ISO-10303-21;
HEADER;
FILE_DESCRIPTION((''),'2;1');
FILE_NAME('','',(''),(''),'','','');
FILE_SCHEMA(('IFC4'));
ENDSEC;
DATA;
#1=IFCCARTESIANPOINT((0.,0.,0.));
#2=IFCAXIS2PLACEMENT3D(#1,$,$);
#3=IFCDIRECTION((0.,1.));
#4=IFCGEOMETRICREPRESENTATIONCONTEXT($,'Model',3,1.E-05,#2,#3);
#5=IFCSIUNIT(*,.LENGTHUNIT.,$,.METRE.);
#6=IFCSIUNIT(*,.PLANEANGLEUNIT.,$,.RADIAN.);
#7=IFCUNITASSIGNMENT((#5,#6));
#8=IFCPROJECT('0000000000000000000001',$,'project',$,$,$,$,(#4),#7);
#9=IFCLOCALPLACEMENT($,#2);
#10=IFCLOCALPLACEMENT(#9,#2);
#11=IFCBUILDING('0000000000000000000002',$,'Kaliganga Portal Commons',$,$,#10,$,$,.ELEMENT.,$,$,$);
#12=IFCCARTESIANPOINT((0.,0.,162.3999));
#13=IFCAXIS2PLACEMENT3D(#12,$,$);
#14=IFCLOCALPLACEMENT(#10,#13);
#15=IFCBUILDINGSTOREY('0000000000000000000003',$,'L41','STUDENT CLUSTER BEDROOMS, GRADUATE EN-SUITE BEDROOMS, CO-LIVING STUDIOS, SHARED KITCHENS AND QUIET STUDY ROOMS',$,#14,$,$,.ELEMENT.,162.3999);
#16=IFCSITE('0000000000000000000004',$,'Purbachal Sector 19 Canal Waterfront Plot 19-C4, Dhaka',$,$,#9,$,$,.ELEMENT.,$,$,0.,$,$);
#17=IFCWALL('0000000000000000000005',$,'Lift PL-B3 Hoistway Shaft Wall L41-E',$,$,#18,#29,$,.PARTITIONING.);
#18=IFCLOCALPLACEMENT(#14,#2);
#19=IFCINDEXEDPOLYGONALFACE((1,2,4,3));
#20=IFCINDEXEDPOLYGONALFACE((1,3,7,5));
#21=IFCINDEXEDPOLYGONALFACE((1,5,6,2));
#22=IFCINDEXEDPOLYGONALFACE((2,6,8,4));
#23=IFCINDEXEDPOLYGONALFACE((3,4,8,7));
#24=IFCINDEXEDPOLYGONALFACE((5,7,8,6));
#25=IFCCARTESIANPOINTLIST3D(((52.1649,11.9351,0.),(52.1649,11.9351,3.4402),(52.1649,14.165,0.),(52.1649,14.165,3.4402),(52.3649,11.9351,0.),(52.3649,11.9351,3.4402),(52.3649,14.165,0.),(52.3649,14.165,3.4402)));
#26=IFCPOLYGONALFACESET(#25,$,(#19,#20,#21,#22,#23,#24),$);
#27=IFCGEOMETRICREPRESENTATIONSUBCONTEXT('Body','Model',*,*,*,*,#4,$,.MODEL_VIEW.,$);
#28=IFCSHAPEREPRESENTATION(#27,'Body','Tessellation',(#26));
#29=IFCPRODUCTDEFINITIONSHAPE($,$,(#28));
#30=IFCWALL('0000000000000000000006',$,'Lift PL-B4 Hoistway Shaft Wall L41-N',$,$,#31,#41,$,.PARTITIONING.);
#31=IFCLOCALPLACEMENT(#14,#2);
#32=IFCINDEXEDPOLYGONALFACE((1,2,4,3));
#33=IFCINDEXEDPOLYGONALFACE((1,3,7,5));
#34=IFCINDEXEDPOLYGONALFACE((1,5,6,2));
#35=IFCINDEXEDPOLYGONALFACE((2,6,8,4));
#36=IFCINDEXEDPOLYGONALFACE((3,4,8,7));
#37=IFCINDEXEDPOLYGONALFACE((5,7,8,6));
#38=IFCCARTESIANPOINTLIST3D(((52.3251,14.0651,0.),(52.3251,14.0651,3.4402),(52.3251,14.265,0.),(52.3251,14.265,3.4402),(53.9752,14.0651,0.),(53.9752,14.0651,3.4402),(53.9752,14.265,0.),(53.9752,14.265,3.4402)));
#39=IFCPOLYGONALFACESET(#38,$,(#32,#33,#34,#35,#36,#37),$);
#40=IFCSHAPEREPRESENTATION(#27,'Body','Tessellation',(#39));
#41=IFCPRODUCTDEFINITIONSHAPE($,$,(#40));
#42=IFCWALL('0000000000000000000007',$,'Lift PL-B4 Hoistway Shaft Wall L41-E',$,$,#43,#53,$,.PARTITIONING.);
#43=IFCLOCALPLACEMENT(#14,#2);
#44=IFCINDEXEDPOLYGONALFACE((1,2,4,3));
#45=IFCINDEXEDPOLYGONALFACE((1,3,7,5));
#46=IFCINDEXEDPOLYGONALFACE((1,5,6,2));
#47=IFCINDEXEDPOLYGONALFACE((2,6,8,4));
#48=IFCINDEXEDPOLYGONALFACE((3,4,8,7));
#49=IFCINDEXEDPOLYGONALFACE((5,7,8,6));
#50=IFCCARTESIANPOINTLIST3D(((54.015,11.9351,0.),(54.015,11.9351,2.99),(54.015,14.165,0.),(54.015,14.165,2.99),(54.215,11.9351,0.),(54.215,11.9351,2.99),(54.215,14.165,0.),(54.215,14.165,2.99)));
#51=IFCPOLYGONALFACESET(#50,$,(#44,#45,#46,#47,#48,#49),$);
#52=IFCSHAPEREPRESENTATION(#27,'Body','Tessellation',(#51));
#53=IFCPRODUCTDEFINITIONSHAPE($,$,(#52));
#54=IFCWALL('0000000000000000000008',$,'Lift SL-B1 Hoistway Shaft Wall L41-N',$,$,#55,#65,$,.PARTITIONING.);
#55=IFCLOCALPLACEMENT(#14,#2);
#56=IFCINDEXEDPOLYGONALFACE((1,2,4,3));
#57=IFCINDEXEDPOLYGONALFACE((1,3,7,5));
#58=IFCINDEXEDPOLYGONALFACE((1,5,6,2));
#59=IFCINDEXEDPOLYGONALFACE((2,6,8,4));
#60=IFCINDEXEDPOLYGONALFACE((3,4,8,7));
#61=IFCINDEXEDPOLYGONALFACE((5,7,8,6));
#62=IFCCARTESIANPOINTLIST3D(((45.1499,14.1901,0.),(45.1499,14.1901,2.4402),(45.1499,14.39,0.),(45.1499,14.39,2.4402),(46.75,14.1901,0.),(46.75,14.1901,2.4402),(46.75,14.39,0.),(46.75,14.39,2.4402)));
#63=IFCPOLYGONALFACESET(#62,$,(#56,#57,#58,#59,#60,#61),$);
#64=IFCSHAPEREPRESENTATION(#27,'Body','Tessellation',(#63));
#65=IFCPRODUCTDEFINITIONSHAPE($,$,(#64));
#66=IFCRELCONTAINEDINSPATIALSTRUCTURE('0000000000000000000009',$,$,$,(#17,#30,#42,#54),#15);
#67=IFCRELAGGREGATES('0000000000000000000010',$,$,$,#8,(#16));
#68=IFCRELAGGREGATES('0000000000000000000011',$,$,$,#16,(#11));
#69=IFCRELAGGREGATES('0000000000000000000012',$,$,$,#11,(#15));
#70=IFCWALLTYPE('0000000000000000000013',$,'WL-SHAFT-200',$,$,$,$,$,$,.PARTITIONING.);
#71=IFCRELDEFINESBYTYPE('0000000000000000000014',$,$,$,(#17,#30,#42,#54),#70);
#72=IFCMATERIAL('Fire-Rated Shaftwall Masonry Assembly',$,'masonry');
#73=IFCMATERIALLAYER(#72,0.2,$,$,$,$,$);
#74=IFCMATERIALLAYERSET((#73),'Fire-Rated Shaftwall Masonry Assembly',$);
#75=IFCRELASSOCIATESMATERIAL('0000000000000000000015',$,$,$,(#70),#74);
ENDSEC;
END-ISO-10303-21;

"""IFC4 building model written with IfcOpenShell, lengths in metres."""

from ifc_helpers import new_model, si_unit, direction, frame, frame_2d, origin, place, context, subcontext, project, spatial, rectangle, extrude, material, layer, layer_set, type_object, element, save


model = new_model("IFC4")

# Units and contexts
model_context = context("Model", 3, precision=1e-05, world=origin(), true_north=direction((0.0, 1.0)))
body_context = subcontext(model_context, "Body", "Model", "MODEL_VIEW")
ifc_project = project(units=[si_unit("LENGTHUNIT", "METRE"), si_unit("PLANEANGLEUNIT", "RADIAN")], contexts=[model_context])

# Site, building, storey
site_placement = place(None, origin())
site = spatial("IfcSite", under=ifc_project, at=site_placement, Name="Purbachal Sector 19 Canal Waterfront Plot 19-C4, Dhaka", CompositionType="ELEMENT", RefElevation=0.0)
building_placement = place(site_placement, origin())
building = spatial("IfcBuilding", under=site, at=building_placement, Name="Kaliganga Portal Commons", CompositionType="ELEMENT")
storey_placement = place(building_placement, frame((0.0, 0.0, 162.3999)))
storey = spatial("IfcBuildingStorey", under=building, at=storey_placement, Name="L41", Description="STUDENT CLUSTER BEDROOMS, GRADUATE EN-SUITE BEDROOMS, CO-LIVING STUDIOS, SHARED KITCHENS AND QUIET STUDY ROOMS", CompositionType="ELEMENT", Elevation=162.3999)

# Shared definitions
ifc_material_1 = material(Name="Fire-Rated Shaftwall Masonry Assembly", Category="masonry")
ifc_layer_1 = layer(ifc_material_1, 0.2)
ifc_layer_set_1 = layer_set([ifc_layer_1], Name="Fire-Rated Shaftwall Masonry Assembly")
wall_type_1 = type_object("IfcWallType", Name="WL-SHAFT-200", PredefinedType="PARTITIONING", material=ifc_layer_set_1)

# Wall
wall_1_placement = place(storey_placement, frame((52.2649, 11.9351, 0.0), z_axis=(0.0, 0.0, 1.0), x_axis=(0.0, 1.0, 0.0)))
element("IfcWall", 1, at=wall_1_placement, inside=storey, type_object=wall_type_1, Name="Lift PL-B3 Hoistway Shaft Wall L41-E", PredefinedType="PARTITIONING", context=body_context, shape_type="SweptSolid", body=[
    extrude(rectangle(XDim=2.23, YDim=0.2, at=frame_2d((1.115, 0.0))), origin(), (0.0, 0.0, 1.0), 3.4402),
])

# Walls
wall_2_placement = place(storey_placement, frame((52.325, 14.165, 0.0), z_axis=(0.0, 0.0, 1.0), x_axis=(1.0, 0.0, 0.0)))
element("IfcWall", 2, at=wall_2_placement, inside=storey, type_object=wall_type_1, Name="Lift PL-B4 Hoistway Shaft Wall L41-N", PredefinedType="PARTITIONING", context=body_context, shape_type="SweptSolid", body=[
    extrude(rectangle(XDim=1.6501, YDim=0.2, at=frame_2d((0.8252, 0.0))), origin(), (0.0, 0.0, 1.0), 3.4402),
])
wall_3_placement = place(storey_placement, frame((54.115, 11.9351, 0.0), z_axis=(0.0, 0.0, 1.0), x_axis=(0.0, 1.0, 0.0)))
element("IfcWall", 3, at=wall_3_placement, inside=storey, type_object=wall_type_1, Name="Lift PL-B4 Hoistway Shaft Wall L41-E", PredefinedType="PARTITIONING", context=body_context, shape_type="SweptSolid", body=[
    extrude(rectangle(XDim=2.23, YDim=0.2, at=frame_2d((1.115, 0.0))), origin(), (0.0, 0.0, 1.0), 2.99),
])
wall_4_placement = place(storey_placement, frame((45.1499, 14.29, 0.0), z_axis=(0.0, 0.0, 1.0), x_axis=(1.0, 0.0, 0.0)))
element("IfcWall", 4, at=wall_4_placement, inside=storey, type_object=wall_type_1, Name="Lift SL-B1 Hoistway Shaft Wall L41-N", PredefinedType="PARTITIONING", context=body_context, shape_type="SweptSolid", body=[
    extrude(rectangle(XDim=1.6001, YDim=0.2, at=frame_2d((0.8, 0.0))), origin(), (0.0, 0.0, 1.0), 2.4402),
])

save(model, "model.ifc")
